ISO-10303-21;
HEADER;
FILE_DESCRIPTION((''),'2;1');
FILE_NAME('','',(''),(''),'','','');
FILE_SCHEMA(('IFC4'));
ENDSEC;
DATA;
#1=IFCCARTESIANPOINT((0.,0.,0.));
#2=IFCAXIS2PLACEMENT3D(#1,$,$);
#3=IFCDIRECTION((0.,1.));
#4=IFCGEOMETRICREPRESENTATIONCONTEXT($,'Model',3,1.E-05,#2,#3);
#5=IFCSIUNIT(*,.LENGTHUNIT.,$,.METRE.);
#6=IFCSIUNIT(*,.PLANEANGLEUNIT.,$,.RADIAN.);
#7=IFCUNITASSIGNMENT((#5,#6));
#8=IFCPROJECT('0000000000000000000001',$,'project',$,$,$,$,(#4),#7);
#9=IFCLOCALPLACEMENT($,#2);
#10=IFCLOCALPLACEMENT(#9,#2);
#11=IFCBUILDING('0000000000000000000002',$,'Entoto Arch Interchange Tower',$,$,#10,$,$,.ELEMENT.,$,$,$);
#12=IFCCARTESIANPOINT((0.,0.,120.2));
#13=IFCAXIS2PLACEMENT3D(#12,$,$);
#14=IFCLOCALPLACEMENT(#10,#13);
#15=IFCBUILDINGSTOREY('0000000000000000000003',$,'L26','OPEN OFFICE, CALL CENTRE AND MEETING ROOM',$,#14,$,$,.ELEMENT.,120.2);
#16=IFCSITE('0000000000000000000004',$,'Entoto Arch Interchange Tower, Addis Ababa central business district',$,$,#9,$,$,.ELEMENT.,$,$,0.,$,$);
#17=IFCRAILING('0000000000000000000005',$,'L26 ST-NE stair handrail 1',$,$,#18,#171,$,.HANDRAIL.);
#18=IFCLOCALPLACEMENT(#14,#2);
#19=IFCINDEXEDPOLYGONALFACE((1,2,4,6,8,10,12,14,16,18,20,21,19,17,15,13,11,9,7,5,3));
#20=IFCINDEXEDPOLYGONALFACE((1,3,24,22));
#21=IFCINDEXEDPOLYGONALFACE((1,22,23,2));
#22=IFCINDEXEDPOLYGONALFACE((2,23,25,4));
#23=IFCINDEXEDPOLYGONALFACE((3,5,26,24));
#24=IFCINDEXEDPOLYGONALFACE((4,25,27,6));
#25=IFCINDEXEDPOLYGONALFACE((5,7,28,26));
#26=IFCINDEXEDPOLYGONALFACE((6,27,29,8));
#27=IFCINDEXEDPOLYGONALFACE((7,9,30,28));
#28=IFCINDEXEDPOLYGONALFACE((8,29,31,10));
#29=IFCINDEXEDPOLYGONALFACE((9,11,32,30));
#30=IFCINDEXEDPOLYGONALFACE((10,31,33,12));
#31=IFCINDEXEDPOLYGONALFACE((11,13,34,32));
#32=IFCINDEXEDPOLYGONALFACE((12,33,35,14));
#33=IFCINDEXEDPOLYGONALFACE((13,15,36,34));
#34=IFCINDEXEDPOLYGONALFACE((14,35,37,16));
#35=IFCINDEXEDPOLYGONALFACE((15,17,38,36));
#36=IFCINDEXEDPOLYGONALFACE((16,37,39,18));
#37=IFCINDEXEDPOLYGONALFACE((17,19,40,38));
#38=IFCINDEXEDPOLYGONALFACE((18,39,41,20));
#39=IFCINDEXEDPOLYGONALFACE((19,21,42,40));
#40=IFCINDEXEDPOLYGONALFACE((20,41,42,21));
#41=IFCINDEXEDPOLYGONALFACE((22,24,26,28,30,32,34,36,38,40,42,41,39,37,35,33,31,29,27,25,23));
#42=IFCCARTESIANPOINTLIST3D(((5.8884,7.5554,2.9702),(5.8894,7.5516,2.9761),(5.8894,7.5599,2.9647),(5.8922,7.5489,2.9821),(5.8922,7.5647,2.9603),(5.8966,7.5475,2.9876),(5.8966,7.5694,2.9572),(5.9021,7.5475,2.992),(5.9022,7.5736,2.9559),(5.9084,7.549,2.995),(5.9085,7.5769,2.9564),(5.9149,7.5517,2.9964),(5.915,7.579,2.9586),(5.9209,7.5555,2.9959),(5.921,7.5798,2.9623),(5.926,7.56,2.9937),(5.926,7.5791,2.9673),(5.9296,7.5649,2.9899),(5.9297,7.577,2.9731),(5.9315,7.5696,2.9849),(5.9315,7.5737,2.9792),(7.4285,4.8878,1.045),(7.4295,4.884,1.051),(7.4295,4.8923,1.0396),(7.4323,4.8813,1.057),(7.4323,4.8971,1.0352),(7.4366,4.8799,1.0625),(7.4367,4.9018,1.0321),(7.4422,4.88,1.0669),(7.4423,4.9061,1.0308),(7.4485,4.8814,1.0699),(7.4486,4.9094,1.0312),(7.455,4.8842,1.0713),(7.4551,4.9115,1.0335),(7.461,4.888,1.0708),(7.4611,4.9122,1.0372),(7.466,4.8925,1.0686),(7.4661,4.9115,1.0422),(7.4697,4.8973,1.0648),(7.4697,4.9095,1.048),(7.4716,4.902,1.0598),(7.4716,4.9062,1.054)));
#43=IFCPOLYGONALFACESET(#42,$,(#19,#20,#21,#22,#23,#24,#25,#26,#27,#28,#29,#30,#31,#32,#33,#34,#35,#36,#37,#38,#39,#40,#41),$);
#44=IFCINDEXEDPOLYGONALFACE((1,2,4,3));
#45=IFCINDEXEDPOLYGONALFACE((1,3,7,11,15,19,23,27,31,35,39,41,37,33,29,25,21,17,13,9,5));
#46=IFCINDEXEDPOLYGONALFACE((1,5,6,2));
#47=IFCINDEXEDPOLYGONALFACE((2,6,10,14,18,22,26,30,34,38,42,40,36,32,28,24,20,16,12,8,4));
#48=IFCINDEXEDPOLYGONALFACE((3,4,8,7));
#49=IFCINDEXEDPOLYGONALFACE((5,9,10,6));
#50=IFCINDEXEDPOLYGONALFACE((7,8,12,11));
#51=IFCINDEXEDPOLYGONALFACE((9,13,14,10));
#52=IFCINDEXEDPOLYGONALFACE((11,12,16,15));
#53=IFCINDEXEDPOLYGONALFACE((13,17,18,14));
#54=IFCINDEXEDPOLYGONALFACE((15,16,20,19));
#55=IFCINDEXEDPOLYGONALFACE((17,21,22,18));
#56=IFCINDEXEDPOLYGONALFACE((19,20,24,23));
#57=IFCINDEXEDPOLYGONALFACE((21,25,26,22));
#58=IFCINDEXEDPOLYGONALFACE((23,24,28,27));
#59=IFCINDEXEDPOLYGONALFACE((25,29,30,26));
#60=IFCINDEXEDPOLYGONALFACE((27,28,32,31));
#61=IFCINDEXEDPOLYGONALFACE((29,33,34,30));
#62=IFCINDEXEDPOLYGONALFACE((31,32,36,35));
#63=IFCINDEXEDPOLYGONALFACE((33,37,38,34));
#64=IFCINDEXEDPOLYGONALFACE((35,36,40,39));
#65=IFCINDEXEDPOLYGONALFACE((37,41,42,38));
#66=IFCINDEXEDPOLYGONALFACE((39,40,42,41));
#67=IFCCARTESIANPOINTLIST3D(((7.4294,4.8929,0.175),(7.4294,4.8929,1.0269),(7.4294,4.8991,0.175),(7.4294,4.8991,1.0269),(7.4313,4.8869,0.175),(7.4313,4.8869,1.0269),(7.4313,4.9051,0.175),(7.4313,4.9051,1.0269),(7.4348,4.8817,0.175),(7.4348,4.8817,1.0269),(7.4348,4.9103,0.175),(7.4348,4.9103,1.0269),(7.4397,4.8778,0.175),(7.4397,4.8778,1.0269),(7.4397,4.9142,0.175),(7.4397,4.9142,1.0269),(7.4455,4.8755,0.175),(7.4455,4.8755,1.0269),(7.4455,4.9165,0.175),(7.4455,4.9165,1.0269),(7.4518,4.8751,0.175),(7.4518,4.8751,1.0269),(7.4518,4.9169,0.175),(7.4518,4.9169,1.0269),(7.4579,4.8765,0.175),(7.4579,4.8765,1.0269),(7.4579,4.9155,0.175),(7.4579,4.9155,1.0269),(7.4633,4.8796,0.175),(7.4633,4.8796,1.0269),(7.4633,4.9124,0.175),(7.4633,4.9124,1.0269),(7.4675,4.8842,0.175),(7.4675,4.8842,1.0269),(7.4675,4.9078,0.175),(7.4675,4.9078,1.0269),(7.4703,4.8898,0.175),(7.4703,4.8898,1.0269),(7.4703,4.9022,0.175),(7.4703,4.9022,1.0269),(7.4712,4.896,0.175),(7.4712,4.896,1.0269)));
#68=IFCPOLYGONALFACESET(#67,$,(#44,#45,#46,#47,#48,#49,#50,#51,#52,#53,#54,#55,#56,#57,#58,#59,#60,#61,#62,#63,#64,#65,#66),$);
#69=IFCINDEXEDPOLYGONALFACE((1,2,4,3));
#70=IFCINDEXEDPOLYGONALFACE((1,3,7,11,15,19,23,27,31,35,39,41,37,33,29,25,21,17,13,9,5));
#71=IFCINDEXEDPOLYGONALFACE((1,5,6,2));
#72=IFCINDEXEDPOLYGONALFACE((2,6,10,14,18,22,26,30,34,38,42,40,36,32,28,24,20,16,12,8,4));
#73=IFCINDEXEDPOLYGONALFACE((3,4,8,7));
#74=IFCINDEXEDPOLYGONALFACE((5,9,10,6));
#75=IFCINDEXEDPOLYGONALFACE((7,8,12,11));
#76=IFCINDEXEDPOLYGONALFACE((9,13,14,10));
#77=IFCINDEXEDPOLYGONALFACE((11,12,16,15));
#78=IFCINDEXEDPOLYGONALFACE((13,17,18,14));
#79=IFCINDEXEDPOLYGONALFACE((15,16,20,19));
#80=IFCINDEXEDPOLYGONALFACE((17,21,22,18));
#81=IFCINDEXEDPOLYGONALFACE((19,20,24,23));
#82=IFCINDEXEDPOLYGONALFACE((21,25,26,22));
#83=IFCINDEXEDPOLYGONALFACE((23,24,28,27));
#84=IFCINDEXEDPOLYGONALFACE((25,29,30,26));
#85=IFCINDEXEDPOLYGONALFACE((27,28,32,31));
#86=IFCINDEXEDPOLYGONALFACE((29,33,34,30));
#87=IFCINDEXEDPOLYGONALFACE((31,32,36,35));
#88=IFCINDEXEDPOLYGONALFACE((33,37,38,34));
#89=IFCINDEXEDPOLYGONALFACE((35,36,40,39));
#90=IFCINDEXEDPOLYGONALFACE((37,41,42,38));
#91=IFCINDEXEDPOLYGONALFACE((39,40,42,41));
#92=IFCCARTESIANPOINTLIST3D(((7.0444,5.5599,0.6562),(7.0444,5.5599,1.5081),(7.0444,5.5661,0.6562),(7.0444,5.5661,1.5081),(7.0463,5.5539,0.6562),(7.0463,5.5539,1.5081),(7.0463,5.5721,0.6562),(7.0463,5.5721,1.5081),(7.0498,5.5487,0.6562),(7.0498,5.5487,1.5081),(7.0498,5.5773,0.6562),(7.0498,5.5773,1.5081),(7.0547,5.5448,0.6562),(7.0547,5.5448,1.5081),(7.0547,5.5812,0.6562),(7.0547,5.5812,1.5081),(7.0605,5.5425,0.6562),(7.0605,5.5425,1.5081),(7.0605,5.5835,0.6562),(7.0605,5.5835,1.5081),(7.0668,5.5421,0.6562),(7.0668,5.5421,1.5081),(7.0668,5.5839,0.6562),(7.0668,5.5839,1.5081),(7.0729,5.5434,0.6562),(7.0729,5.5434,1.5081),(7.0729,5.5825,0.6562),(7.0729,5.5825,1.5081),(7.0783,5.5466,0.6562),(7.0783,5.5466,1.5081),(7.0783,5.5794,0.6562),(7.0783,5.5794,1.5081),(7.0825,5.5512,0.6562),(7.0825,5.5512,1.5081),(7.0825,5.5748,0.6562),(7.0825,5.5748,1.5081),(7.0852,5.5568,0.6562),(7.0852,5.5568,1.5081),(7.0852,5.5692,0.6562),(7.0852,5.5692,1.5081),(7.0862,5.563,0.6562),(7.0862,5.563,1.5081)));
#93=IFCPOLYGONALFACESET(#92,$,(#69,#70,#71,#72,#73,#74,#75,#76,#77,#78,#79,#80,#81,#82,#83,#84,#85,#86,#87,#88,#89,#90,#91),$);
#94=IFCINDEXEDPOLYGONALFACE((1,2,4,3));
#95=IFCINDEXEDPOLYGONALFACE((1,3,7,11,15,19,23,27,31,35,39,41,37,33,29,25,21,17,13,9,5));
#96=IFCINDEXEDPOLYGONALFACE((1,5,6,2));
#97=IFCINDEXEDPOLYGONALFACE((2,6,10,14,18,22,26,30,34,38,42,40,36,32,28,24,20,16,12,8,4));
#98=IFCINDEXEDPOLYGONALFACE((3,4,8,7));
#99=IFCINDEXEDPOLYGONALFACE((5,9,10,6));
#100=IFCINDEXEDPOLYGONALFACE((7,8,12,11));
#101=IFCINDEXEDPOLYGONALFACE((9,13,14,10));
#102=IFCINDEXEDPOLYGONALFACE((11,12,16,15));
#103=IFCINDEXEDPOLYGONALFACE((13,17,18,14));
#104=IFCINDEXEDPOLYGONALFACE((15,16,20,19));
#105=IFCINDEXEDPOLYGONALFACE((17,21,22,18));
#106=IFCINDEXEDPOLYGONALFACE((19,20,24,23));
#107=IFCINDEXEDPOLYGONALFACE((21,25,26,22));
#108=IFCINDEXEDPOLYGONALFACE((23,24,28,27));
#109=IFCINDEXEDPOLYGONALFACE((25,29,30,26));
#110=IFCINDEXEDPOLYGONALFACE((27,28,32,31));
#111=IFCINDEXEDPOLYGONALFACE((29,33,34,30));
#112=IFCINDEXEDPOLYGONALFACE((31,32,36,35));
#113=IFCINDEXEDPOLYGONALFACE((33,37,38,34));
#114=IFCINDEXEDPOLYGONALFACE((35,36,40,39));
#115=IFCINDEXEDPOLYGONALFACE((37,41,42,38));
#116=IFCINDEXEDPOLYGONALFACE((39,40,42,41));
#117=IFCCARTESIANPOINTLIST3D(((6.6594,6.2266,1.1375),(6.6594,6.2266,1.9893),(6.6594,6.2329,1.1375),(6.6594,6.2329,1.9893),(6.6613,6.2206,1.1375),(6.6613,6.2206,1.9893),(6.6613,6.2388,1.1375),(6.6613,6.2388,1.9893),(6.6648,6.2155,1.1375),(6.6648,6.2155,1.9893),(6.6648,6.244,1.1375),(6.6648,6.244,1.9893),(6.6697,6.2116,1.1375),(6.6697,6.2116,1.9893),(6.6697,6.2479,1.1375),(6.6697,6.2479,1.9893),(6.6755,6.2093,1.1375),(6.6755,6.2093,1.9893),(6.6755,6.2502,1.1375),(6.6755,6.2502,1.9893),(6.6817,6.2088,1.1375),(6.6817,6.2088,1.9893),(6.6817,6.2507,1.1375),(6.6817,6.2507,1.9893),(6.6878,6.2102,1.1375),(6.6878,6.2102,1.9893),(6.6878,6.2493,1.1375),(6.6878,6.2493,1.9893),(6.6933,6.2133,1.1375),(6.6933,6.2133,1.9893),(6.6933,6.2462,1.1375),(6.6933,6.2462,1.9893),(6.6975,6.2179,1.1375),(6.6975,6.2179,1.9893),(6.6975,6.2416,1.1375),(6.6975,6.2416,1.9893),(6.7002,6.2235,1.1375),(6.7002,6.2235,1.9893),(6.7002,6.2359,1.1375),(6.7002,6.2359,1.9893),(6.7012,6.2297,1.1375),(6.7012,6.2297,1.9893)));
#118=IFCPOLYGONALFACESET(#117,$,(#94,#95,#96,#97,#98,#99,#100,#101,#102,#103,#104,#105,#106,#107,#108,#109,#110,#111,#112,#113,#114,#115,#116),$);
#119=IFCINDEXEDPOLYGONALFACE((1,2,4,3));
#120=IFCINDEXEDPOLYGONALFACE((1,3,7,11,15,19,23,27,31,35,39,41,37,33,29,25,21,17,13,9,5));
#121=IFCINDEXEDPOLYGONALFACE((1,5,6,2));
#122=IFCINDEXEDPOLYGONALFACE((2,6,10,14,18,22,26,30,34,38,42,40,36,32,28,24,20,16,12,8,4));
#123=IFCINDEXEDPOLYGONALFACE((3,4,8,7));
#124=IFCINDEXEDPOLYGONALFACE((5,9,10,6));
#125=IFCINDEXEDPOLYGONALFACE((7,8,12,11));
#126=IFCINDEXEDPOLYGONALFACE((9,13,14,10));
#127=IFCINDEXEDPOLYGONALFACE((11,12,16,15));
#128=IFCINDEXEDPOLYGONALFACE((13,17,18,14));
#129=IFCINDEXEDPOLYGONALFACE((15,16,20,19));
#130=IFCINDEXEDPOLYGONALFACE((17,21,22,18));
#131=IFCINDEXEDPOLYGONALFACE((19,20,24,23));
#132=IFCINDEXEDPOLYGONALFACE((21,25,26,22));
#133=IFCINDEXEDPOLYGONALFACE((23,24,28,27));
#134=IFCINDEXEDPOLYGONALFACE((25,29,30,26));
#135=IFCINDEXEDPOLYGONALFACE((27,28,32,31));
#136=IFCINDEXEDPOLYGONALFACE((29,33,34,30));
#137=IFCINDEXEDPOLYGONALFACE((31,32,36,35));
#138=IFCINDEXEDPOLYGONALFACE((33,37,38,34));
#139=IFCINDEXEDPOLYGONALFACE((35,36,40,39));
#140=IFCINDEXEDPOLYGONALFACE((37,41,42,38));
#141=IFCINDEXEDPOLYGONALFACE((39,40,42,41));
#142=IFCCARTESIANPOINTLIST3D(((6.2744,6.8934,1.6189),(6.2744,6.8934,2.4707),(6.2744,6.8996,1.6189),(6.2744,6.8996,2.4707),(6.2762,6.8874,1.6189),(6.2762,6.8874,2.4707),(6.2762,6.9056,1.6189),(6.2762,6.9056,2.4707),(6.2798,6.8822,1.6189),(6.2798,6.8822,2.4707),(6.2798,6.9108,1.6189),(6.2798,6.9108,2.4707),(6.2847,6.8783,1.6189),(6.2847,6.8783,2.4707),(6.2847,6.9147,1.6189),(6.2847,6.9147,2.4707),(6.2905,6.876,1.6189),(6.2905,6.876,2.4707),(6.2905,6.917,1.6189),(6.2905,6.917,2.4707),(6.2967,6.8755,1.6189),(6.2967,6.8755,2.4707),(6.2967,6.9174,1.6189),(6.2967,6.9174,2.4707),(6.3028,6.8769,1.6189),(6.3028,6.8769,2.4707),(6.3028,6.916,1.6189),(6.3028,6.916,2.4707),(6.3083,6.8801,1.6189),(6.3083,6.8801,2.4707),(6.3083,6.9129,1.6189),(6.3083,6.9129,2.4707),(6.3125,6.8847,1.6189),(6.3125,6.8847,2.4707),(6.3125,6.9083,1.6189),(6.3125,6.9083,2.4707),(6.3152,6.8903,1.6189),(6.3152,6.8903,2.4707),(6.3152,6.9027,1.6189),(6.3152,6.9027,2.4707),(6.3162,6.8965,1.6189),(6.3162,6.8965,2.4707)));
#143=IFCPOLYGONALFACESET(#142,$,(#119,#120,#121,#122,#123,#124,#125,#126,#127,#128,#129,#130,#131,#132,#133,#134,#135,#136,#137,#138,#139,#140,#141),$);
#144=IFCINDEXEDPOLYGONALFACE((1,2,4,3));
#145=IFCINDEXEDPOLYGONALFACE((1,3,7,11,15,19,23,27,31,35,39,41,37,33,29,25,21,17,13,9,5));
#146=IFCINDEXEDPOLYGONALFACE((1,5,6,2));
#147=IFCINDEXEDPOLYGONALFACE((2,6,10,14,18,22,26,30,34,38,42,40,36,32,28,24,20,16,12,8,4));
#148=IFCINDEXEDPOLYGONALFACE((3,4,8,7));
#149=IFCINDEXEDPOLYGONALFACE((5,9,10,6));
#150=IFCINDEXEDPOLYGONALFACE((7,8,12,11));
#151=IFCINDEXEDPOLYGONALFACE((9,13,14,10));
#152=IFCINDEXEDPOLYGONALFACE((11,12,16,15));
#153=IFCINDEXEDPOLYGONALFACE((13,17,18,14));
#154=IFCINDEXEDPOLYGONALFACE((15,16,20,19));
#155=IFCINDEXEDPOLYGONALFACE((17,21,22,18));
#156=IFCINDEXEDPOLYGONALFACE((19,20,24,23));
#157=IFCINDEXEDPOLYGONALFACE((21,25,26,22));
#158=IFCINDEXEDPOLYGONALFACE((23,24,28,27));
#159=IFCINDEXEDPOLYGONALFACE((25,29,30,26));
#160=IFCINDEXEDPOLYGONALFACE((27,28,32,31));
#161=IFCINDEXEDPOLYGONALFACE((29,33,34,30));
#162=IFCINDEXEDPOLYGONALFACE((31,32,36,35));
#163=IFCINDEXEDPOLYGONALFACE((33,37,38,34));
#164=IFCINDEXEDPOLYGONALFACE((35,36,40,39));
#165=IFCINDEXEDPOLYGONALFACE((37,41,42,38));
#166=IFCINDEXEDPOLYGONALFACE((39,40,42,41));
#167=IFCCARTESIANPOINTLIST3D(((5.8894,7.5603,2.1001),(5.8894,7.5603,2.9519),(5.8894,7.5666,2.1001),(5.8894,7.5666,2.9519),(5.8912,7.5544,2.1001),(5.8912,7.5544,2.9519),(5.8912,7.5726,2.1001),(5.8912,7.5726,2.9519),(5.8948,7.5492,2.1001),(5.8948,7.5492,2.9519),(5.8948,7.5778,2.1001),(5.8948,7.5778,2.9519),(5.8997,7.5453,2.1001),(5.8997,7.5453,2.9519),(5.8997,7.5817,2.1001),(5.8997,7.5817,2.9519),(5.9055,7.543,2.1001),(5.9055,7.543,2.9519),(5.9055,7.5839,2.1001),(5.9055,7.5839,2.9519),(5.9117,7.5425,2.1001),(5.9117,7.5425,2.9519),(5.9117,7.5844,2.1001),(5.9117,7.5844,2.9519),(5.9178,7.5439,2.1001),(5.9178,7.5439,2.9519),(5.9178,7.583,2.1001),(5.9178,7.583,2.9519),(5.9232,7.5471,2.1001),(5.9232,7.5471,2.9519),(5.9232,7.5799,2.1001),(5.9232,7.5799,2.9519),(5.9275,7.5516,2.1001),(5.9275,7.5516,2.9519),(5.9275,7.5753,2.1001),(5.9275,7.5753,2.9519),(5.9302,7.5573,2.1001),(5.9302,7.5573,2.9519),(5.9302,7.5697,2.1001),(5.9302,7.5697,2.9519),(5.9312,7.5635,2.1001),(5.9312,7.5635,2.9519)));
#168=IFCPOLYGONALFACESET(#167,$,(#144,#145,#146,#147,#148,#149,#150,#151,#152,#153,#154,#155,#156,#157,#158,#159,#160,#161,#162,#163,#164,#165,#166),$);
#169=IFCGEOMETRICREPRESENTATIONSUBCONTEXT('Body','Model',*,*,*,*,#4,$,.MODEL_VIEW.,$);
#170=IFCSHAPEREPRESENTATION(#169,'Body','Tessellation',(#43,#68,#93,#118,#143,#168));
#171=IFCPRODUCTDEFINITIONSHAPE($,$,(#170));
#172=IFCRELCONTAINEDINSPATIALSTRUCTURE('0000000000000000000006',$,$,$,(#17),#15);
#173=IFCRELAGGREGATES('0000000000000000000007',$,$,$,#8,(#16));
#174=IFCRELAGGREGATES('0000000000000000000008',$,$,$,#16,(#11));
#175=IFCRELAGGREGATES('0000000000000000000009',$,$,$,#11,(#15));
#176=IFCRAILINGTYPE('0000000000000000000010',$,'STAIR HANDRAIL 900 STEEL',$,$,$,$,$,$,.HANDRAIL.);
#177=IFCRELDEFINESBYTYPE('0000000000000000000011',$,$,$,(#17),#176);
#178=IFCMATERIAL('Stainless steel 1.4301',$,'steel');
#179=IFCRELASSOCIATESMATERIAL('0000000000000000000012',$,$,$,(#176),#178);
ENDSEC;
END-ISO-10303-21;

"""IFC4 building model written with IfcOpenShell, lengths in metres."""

from ifc_helpers import new_model, si_unit, direction, frame, origin, origin_2d, place, context, subcontext, project, spatial, circle, extrude, material, type_object, element, save


model = new_model("IFC4")

# Units and contexts
model_context = context("Model", 3, precision=1e-05, world=origin(), true_north=direction((0.0, 1.0)))
body_context = subcontext(model_context, "Body", "Model", "MODEL_VIEW")
ifc_project = project(units=[si_unit("LENGTHUNIT", "METRE"), si_unit("PLANEANGLEUNIT", "RADIAN")], contexts=[model_context])

# Site, building, storey
site_placement = place(None, origin())
site = spatial("IfcSite", under=ifc_project, at=site_placement, Name="Entoto Arch Interchange Tower, Addis Ababa central business district", CompositionType="ELEMENT", RefElevation=0.0)
building_placement = place(site_placement, origin())
building = spatial("IfcBuilding", under=site, at=building_placement, Name="Entoto Arch Interchange Tower", CompositionType="ELEMENT")
storey_placement = place(building_placement, frame((0.0, 0.0, 120.2)))
storey = spatial("IfcBuildingStorey", under=building, at=storey_placement, Name="L26", Description="OPEN OFFICE, CALL CENTRE AND MEETING ROOM", CompositionType="ELEMENT", Elevation=120.2)

# Railing
ifc_material_1 = material(Name="Stainless steel 1.4301", Category="steel")
railing_type_1 = type_object("IfcRailingType", Name="STAIR HANDRAIL 900 STEEL", PredefinedType="HANDRAIL", material=ifc_material_1)
railing_1_placement = place(storey_placement, frame((7.4502, 4.896, 0.175)))
element("IfcRailing", 1, at=railing_1_placement, inside=storey, type_object=railing_type_1, Name="L26 ST-NE stair handrail 1", PredefinedType="HANDRAIL", context=body_context, shape_type="SweptSolid", body=[
    extrude(circle(Radius=0.0239, at=origin_2d()), frame((0.0, 0.0, 0.876), z_axis=(-0.423994, 0.734395, 0.529993), x_axis=(-0.86603, -0.499992, 0.0)), (0.0, 0.0, 1.0), 3.6323),
    extrude(circle(Radius=0.021, at=origin_2d()), origin(), (0.0, 0.0, 1.0), 0.8518),
    extrude(circle(Radius=0.021, at=origin_2d()), frame((-0.385, 0.667, 0.4812)), (0.0, 0.0, 1.0), 0.8518),
    extrude(circle(Radius=0.021, at=origin_2d()), frame((-0.77, 1.3337, 0.9624)), (0.0, 0.0, 1.0), 0.8518),
    extrude(circle(Radius=0.021, at=origin_2d()), frame((-1.155, 2.0005, 1.4438)), (0.0, 0.0, 1.0), 0.8518),
    extrude(circle(Radius=0.021, at=origin_2d()), frame((-1.54, 2.6675, 1.925)), (0.0, 0.0, 1.0), 0.8518),
])

save(model, "model.ifc")
